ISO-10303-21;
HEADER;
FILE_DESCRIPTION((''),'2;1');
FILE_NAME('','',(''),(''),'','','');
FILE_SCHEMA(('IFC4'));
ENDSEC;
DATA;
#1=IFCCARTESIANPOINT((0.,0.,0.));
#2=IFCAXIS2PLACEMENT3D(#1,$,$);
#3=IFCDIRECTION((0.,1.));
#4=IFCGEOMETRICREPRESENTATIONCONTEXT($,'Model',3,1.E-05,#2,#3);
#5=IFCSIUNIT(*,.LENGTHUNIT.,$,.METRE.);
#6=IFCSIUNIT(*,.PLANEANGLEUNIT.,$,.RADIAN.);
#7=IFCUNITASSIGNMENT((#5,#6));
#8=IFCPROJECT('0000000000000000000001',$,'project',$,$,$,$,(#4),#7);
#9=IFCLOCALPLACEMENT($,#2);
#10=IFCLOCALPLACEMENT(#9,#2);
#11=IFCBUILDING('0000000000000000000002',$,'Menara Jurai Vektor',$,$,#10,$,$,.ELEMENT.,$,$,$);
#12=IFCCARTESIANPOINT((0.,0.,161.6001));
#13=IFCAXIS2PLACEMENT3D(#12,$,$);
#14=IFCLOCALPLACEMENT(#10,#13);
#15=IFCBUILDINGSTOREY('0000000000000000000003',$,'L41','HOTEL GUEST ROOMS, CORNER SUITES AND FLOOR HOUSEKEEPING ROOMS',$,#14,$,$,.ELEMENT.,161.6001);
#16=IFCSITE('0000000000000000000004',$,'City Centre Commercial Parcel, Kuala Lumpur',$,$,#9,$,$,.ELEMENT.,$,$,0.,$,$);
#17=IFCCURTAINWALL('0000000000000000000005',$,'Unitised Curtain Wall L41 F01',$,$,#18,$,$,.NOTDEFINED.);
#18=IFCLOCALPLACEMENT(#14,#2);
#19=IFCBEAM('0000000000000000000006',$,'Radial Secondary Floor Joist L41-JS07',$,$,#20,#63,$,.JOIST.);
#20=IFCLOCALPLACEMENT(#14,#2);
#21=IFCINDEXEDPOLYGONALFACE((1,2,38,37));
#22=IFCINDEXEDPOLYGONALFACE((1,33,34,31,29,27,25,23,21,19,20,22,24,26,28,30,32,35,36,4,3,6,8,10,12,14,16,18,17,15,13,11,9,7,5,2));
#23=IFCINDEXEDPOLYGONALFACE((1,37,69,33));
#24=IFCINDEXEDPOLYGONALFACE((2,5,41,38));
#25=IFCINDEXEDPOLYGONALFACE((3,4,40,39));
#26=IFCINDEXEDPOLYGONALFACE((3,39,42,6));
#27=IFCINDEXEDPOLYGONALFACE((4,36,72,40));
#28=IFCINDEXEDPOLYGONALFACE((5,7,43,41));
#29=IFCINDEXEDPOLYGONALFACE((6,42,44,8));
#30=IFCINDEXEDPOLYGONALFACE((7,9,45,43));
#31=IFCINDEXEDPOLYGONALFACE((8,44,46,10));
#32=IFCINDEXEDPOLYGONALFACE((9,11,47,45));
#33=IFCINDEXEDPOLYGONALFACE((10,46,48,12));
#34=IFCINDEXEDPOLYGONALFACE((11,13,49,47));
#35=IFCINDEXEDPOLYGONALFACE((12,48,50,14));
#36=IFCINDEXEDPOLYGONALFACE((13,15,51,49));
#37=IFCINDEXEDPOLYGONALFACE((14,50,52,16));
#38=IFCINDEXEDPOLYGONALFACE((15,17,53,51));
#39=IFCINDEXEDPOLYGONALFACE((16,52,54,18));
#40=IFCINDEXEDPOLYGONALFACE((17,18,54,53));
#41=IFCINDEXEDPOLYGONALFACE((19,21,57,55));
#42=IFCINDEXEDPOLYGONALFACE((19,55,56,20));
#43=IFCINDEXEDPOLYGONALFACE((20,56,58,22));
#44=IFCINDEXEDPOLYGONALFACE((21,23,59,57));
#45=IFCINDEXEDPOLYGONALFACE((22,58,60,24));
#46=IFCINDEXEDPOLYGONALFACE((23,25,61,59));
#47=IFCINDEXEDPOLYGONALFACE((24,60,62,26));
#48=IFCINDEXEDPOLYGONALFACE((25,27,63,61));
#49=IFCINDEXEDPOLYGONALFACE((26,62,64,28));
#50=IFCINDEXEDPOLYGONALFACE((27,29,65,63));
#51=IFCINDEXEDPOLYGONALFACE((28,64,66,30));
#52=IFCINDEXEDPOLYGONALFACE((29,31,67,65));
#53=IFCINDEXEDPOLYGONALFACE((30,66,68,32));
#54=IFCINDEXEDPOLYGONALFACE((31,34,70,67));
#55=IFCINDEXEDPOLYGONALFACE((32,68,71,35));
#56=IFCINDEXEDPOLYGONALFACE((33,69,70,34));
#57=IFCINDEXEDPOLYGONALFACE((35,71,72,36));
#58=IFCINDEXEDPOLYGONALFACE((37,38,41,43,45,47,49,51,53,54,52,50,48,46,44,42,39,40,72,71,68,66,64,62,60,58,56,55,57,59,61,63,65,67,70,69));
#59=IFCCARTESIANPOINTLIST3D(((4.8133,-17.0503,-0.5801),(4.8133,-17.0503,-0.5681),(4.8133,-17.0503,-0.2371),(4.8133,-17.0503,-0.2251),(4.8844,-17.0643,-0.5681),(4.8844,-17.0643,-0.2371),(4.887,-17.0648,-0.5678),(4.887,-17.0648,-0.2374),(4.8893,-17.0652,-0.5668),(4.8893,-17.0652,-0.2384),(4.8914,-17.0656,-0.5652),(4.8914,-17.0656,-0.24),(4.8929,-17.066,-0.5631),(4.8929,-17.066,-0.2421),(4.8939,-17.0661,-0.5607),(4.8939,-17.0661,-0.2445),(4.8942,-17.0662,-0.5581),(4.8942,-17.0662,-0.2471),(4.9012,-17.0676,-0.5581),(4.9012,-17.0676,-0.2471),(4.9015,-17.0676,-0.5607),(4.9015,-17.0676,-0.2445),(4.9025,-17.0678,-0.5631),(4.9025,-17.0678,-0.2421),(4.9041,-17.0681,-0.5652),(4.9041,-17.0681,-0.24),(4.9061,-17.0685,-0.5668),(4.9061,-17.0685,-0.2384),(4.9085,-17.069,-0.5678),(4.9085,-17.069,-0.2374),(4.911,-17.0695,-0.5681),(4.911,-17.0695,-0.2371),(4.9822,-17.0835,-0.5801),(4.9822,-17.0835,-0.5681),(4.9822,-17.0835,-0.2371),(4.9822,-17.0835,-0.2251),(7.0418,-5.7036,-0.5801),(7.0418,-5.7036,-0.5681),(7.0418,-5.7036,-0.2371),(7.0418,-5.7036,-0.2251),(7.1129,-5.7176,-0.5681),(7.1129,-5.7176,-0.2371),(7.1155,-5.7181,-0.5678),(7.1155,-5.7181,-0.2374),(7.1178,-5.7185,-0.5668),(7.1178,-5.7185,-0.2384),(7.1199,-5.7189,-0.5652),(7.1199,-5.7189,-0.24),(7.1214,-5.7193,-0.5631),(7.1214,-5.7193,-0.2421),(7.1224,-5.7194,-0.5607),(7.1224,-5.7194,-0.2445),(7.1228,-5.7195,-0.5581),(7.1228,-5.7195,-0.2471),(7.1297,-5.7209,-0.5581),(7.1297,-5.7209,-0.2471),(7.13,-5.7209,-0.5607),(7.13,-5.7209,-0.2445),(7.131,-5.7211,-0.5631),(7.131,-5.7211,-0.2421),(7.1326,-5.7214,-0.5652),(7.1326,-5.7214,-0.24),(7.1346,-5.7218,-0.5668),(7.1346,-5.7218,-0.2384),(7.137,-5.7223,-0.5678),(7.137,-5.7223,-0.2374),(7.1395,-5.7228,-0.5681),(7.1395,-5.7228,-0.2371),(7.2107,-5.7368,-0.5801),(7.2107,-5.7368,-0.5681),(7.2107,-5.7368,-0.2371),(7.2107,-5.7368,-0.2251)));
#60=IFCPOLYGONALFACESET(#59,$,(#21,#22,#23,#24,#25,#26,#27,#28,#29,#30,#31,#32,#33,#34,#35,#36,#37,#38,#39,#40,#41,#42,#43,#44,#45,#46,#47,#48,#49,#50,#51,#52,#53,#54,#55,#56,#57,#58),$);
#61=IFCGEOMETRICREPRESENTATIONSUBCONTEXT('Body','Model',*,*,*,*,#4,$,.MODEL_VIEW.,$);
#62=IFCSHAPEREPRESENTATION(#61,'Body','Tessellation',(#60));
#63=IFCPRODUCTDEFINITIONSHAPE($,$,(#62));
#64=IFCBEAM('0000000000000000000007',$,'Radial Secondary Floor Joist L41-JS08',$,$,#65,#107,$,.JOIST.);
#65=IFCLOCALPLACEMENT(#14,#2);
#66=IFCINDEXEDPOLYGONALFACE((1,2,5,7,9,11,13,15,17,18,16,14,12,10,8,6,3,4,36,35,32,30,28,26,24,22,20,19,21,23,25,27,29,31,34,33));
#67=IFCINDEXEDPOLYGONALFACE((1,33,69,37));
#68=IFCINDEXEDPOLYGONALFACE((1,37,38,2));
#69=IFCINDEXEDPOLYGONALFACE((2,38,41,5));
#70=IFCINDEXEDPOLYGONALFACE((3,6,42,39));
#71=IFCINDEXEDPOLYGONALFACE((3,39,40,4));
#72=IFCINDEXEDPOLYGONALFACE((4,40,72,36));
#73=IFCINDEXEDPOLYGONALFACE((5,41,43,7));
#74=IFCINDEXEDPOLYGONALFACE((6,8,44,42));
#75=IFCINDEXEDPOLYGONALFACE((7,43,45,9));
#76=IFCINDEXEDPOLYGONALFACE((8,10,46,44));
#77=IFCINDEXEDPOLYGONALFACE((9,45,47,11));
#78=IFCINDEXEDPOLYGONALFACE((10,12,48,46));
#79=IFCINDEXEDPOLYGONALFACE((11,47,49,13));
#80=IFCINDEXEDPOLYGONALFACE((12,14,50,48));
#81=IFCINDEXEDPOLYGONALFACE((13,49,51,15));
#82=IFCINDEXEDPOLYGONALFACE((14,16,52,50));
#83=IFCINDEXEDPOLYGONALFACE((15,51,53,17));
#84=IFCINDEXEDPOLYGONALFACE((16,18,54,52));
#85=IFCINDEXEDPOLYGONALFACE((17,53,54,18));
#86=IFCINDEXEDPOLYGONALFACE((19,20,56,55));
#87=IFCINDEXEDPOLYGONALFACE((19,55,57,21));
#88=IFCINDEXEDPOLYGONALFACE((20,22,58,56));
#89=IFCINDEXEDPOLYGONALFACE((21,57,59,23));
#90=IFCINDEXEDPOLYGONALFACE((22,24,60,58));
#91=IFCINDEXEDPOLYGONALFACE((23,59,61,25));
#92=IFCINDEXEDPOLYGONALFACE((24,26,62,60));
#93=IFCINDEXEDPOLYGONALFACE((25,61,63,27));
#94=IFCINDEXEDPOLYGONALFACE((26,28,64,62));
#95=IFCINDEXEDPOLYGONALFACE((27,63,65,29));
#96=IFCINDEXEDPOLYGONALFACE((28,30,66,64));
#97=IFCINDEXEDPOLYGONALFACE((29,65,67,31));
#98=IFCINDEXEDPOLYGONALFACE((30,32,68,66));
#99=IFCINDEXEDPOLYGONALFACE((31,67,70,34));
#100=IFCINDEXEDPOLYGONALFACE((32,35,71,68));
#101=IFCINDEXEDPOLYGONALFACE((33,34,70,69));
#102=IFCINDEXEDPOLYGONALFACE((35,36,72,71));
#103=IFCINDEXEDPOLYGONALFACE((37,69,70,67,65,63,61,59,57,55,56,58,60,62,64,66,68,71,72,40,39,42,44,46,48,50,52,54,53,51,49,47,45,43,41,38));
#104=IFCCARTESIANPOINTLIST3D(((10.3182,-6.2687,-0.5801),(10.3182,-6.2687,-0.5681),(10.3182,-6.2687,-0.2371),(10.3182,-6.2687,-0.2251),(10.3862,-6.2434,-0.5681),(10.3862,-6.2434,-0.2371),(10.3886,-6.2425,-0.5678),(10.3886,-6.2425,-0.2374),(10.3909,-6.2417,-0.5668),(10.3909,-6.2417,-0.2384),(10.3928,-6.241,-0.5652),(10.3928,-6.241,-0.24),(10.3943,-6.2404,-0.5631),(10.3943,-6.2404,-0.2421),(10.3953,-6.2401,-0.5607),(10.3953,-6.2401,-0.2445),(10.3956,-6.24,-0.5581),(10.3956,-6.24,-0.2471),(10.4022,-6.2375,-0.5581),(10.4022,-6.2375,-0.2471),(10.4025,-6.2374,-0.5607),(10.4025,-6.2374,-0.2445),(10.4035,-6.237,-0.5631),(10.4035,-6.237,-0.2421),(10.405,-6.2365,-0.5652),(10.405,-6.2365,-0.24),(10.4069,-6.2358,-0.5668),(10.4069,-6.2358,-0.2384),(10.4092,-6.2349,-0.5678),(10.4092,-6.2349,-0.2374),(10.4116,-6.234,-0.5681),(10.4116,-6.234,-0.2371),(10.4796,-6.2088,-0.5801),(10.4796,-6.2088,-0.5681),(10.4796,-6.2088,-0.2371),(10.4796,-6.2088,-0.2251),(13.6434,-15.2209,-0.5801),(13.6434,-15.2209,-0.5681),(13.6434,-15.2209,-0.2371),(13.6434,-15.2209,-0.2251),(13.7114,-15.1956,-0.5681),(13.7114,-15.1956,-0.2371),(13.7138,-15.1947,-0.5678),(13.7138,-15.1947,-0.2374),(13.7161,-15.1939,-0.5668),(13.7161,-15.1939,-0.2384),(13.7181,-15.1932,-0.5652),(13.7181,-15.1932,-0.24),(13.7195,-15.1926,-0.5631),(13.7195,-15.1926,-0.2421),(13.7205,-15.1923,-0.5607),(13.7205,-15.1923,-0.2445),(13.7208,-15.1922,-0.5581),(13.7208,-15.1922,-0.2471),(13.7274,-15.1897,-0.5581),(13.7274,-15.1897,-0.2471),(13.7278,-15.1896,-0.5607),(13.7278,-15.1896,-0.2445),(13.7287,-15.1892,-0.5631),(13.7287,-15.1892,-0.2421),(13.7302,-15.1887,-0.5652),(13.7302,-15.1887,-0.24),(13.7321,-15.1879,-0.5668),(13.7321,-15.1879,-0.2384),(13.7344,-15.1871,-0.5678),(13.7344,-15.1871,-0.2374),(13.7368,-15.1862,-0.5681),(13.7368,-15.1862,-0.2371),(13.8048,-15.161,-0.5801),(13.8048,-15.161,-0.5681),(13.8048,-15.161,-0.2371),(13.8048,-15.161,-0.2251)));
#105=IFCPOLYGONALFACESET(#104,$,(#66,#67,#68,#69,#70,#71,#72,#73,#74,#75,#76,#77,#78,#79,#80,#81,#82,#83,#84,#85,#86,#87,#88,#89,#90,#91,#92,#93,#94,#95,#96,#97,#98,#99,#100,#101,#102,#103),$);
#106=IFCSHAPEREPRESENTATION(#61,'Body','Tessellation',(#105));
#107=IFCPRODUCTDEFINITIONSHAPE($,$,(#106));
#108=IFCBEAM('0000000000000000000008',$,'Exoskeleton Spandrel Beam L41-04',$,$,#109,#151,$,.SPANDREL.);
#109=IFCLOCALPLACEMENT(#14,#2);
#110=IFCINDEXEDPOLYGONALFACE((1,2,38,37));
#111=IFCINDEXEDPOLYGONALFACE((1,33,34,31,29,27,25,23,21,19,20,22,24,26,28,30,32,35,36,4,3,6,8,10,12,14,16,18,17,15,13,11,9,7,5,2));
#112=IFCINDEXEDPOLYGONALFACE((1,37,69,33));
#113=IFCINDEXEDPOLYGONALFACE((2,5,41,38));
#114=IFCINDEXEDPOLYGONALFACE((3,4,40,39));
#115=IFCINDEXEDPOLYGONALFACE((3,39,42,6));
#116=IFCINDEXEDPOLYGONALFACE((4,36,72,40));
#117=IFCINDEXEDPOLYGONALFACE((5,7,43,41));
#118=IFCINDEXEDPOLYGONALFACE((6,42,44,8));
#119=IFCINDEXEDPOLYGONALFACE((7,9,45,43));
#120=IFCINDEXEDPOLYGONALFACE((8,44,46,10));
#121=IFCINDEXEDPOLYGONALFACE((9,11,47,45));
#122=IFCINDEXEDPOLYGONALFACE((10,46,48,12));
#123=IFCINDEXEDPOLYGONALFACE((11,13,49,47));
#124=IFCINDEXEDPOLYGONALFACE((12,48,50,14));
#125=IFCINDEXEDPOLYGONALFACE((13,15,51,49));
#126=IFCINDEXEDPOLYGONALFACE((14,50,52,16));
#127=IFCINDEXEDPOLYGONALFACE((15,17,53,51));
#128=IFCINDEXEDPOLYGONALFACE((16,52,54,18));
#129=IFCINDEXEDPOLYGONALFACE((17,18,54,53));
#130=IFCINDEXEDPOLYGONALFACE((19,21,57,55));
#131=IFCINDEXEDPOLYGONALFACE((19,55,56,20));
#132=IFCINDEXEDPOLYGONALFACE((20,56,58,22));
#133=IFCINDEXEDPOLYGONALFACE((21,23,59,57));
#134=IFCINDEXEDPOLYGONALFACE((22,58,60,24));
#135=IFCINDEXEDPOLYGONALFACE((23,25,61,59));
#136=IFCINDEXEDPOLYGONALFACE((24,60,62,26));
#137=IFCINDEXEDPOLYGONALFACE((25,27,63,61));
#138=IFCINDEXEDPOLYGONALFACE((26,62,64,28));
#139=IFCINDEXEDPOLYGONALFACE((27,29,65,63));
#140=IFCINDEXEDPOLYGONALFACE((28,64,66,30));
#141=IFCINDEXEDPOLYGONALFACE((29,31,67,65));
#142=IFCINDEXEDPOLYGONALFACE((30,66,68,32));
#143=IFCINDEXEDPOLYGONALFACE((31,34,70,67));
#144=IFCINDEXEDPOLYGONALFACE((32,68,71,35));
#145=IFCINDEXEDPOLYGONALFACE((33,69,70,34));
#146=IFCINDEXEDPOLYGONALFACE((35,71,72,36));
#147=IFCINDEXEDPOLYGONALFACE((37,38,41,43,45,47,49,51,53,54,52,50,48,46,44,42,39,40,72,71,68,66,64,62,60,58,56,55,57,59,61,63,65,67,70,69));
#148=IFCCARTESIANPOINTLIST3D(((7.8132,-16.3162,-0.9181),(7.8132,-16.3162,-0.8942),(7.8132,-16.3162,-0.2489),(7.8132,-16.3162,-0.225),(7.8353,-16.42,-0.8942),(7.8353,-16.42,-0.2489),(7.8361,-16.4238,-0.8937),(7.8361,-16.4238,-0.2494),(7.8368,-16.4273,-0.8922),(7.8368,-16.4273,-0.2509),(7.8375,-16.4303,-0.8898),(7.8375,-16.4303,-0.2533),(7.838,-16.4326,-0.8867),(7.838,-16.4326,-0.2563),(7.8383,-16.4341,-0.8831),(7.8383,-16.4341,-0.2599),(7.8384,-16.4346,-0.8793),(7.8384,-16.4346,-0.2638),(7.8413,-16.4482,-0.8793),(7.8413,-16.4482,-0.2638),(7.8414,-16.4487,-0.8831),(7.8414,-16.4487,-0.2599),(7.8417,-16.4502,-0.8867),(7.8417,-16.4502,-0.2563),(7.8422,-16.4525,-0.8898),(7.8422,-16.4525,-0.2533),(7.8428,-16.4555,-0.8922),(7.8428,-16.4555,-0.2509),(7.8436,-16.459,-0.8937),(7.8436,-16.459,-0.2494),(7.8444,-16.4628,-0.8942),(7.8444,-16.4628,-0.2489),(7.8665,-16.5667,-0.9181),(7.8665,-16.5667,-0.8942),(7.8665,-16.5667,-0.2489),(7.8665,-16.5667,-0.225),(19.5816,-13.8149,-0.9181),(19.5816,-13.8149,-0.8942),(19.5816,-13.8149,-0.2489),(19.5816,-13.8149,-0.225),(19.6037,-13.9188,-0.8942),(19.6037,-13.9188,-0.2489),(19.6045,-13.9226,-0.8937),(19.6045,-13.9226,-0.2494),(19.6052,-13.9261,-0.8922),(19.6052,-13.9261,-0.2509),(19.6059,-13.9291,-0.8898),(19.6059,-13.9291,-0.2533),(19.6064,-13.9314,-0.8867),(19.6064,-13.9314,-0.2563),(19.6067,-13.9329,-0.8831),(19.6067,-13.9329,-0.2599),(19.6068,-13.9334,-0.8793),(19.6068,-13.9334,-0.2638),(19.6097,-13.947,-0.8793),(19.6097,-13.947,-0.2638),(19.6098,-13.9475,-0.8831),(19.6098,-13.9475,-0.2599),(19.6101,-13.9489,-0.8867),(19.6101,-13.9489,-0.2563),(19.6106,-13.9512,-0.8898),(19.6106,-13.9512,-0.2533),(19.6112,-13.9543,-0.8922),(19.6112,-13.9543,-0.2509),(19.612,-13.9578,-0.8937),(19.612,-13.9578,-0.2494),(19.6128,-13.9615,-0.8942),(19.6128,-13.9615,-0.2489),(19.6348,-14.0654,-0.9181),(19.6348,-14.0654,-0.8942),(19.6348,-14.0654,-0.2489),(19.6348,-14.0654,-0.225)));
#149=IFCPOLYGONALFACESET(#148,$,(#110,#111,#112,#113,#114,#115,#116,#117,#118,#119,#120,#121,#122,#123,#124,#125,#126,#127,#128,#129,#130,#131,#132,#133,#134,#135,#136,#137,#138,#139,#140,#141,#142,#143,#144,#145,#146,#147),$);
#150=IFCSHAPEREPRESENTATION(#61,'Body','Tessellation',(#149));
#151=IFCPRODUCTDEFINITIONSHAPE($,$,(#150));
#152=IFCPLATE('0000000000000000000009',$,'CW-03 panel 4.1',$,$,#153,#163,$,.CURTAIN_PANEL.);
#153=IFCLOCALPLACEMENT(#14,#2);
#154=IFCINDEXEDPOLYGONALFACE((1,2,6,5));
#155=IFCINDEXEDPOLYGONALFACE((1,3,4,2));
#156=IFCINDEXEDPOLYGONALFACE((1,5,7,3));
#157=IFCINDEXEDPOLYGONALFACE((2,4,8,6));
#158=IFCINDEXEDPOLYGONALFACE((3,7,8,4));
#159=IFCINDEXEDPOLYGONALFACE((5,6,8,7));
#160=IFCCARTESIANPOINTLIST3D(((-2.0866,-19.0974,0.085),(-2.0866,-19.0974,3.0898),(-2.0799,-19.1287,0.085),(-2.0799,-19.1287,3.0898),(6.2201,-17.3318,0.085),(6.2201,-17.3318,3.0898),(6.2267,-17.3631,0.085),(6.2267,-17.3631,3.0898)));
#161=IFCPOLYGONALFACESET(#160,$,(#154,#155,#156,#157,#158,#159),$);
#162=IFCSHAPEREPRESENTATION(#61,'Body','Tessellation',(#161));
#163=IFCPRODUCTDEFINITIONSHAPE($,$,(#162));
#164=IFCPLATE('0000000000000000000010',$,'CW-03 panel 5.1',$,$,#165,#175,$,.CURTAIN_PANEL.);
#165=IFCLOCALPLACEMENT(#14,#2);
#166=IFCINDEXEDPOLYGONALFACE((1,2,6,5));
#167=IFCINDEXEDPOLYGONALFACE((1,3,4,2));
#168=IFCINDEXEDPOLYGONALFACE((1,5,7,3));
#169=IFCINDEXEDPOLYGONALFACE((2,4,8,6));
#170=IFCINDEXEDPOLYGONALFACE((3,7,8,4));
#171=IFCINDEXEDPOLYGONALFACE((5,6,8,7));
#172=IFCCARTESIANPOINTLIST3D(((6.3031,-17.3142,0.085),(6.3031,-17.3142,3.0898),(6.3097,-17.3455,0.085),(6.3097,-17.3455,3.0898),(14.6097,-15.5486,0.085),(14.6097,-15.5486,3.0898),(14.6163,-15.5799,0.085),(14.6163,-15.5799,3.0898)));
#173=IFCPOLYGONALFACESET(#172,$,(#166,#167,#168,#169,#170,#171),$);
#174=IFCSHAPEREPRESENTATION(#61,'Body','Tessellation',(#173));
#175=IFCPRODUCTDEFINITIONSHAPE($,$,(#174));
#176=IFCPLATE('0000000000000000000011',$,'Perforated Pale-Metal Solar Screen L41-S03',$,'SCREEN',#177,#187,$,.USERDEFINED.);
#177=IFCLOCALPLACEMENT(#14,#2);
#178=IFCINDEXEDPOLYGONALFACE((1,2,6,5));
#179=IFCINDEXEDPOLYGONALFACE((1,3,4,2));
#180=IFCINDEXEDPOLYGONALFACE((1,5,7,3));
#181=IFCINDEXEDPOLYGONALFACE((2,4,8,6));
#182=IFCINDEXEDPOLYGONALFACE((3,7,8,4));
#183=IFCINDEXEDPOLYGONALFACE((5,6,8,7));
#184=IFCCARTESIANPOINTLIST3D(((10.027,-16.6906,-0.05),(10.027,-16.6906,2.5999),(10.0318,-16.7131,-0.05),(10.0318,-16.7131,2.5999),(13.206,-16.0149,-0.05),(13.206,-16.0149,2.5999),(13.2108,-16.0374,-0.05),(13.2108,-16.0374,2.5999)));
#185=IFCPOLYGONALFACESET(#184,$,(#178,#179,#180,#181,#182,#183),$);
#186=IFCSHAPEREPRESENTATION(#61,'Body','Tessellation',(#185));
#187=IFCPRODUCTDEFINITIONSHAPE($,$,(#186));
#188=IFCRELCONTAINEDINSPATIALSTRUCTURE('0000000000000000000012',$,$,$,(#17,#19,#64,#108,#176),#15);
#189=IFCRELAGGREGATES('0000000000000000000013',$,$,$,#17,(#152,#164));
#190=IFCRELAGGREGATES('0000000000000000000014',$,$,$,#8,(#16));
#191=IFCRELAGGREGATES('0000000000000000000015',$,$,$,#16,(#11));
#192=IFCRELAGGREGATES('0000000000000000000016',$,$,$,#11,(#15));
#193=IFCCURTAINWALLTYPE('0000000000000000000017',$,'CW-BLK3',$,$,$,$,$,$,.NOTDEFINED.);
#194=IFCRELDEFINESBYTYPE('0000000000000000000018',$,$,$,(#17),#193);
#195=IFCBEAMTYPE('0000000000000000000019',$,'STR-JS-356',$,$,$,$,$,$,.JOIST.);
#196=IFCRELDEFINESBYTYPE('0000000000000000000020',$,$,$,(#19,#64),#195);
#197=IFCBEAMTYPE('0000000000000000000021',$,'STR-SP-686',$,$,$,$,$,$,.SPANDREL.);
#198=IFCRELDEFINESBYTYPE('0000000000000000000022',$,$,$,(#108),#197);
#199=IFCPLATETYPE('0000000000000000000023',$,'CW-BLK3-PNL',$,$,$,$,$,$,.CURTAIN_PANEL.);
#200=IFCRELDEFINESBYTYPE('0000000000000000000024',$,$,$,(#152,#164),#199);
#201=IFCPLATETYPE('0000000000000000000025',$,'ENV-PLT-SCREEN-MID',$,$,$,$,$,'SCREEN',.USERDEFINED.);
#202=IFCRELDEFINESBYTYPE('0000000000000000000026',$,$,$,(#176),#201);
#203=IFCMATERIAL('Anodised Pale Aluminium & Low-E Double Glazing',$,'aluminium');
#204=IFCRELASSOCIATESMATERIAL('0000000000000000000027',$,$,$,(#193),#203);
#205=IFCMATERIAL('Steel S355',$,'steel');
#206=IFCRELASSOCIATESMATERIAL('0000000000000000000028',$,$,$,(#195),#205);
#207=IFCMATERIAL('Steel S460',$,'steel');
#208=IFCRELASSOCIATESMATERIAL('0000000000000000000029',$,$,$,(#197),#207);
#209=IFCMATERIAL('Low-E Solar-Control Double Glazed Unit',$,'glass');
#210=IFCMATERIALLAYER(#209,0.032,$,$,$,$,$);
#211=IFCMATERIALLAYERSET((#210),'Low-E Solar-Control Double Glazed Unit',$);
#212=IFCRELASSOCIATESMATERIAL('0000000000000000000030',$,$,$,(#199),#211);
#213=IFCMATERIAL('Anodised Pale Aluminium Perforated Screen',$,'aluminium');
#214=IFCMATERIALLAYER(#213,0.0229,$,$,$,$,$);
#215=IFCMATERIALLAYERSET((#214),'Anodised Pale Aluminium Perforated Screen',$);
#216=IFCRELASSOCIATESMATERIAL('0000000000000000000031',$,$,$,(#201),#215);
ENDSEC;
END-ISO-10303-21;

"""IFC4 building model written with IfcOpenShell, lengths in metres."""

from ifc_helpers import new_model, si_unit, direction, frame, origin, origin_2d, place, context, subcontext, project, spatial, rectangle, i_section, extrude, material, layer, layer_set, material_profile, profile_set, type_object, element, aggregate, save


model = new_model("IFC4")

# Units and contexts
model_context = context("Model", 3, precision=1e-05, world=origin(), true_north=direction((0.0, 1.0)))
body_context = subcontext(model_context, "Body", "Model", "MODEL_VIEW")
ifc_project = project(units=[si_unit("LENGTHUNIT", "METRE"), si_unit("PLANEANGLEUNIT", "RADIAN")], contexts=[model_context])

# Site, building, storey
site_placement = place(None, origin())
site = spatial("IfcSite", under=ifc_project, at=site_placement, Name="City Centre Commercial Parcel, Kuala Lumpur", CompositionType="ELEMENT", RefElevation=0.0)
building_placement = place(site_placement, origin())
building = spatial("IfcBuilding", under=site, at=building_placement, Name="Menara Jurai Vektor", CompositionType="ELEMENT")
storey_placement = place(building_placement, frame((0.0, 0.0, 161.6001)))
storey = spatial("IfcBuildingStorey", under=building, at=storey_placement, Name="L41", Description="HOTEL GUEST ROOMS, CORNER SUITES AND FLOOR HOUSEKEEPING ROOMS", CompositionType="ELEMENT", Elevation=161.6001)

# Shared definitions
ifc_material_1 = material(Name="Steel S460", Category="steel")

# Curtain wall
ifc_material_2 = material(Name="Anodised Pale Aluminium & Low-E Double Glazing", Category="aluminium")
curtain_wall_type = type_object("IfcCurtainWallType", Name="CW-BLK3", PredefinedType="NOTDEFINED", material=ifc_material_2)
curtain_wall_placement = place(storey_placement, origin())
curtain_wall = element("IfcCurtainWall", 1, at=curtain_wall_placement, inside=storey, type_object=curtain_wall_type, Name="Unitised Curtain Wall L41 F01", PredefinedType="NOTDEFINED")

# Beams
ifc_material_3 = material(Name="Steel S355", Category="steel")
ifc_material_profile_1 = material_profile(ifc_material_3, i_section(OverallWidth=0.1721, OverallDepth=0.355, WebThickness=0.0071, FlangeThickness=0.012, FilletRadius=0.01, at=origin_2d()), Name="UKB 356x171x51")
ifc_profile_set_1 = profile_set([ifc_material_profile_1], Name="Steel S355")
beam_type_1 = type_object("IfcBeamType", Name="STR-JS-356", PredefinedType="JOIST", material=ifc_profile_set_1)
beam_1_placement = place(storey_placement, frame((4.8977, -17.0669, -0.4026), z_axis=(0.192721, 0.981254, 0.0), x_axis=(-0.981254, 0.192721, 0.0)))
element("IfcBeam", 2, at=beam_1_placement, inside=storey, type_object=beam_type_1, Name="Radial Secondary Floor Joist L41-JS07", PredefinedType="JOIST", context=body_context, shape_type="SweptSolid", body=[
    extrude(i_section(OverallWidth=0.1721, OverallDepth=0.355, WebThickness=0.0071, FlangeThickness=0.012, FilletRadius=0.01, at=origin_2d()), origin(), (0.0, 0.0, 1.0), 11.5635),
])
beam_2_placement = place(storey_placement, frame((13.7241, -15.1909, -0.4026), z_axis=(-0.348197, 0.937421, 0.0), x_axis=(-0.937421, -0.348197, 0.0)))
element("IfcBeam", 3, at=beam_2_placement, inside=storey, type_object=beam_type_1, Name="Radial Secondary Floor Joist L41-JS08", PredefinedType="JOIST", context=body_context, shape_type="SweptSolid", body=[
    extrude(i_section(OverallWidth=0.1721, OverallDepth=0.355, WebThickness=0.0071, FlangeThickness=0.012, FilletRadius=0.01, at=origin_2d()), origin(), (0.0, 0.0, 1.0), 9.5498),
])
ifc_material_profile_2 = material_profile(ifc_material_1, i_section(OverallWidth=0.2561, OverallDepth=0.6931, WebThickness=0.0139, FlangeThickness=0.0239, FilletRadius=0.0149, at=origin_2d()), Name="UKB 686x254x170")
ifc_profile_set_2 = profile_set([ifc_material_profile_2], Name="Steel S460")
beam_type_2 = type_object("IfcBeamType", Name="STR-SP-686", PredefinedType="SPANDREL", material=ifc_profile_set_2)
beam_3_placement = place(storey_placement, frame((7.8398, -16.4414, -0.5715), z_axis=(0.978151, 0.207895, 0.0), x_axis=(-0.207895, 0.978151, 0.0)))
element("IfcBeam", 4, at=beam_3_placement, inside=storey, type_object=beam_type_2, Name="Exoskeleton Spandrel Beam L41-04", PredefinedType="SPANDREL", context=body_context, shape_type="SweptSolid", body=[
    extrude(i_section(OverallWidth=0.2561, OverallDepth=0.6931, WebThickness=0.0139, FlangeThickness=0.0239, FilletRadius=0.0149, at=origin_2d()), origin(), (0.0, 0.0, 1.0), 12.0312),
])

# Plates
ifc_material_4 = material(Name="Low-E Solar-Control Double Glazed Unit", Category="glass")
ifc_layer_1 = layer(ifc_material_4, 0.032)
ifc_layer_set_1 = layer_set([ifc_layer_1], Name="Low-E Solar-Control Double Glazed Unit")
plate_type_1 = type_object("IfcPlateType", Name="CW-BLK3-PNL", PredefinedType="CURTAIN_PANEL", material=ifc_layer_set_1)
plate_1_placement = place(storey_placement, frame((2.0701, -18.2302, 0.085), z_axis=(0.0, 0.0, 1.0), x_axis=(0.978148, 0.207911, 0.0)))
plate_1 = element("IfcPlate", 5, at=plate_1_placement, type_object=plate_type_1, Name="CW-03 panel 4.1", PredefinedType="CURTAIN_PANEL", context=body_context, shape_type="SweptSolid", body=[
    extrude(rectangle(XDim=8.4922, YDim=0.032, at=origin_2d()), origin(), (0.0, 0.0, 1.0), 3.0049),
])
plate_2_placement = place(storey_placement, frame((10.4597, -16.447, 0.085), z_axis=(0.0, 0.0, 1.0), x_axis=(0.978148, 0.207911, 0.0)))
plate_2 = element("IfcPlate", 6, at=plate_2_placement, type_object=plate_type_1, Name="CW-03 panel 5.1", PredefinedType="CURTAIN_PANEL", context=body_context, shape_type="SweptSolid", body=[
    extrude(rectangle(XDim=8.4922, YDim=0.032, at=origin_2d()), origin(), (0.0, 0.0, 1.0), 3.0049),
])
aggregate(curtain_wall, [plate_1, plate_2])
ifc_material_5 = material(Name="Anodised Pale Aluminium Perforated Screen", Category="aluminium")
ifc_layer_2 = layer(ifc_material_5, 0.0229)
ifc_layer_set_2 = layer_set([ifc_layer_2], Name="Anodised Pale Aluminium Perforated Screen")
plate_type_2 = type_object("IfcPlateType", Name="ENV-PLT-SCREEN-MID", ElementType="SCREEN", PredefinedType="USERDEFINED", material=ifc_layer_set_2)
plate_3_placement = place(storey_placement, frame((11.6189, -16.364, -0.05), z_axis=(0.0, 0.0, 1.0), x_axis=(0.978148, 0.207912, 0.0)))
element("IfcPlate", 7, at=plate_3_placement, inside=storey, type_object=plate_type_2, Name="Perforated Pale-Metal Solar Screen L41-S03", ObjectType="SCREEN", PredefinedType="USERDEFINED", context=body_context, shape_type="SweptSolid", body=[
    extrude(rectangle(XDim=3.25, YDim=0.0229, at=origin_2d()), origin(), (0.0, 0.0, 1.0), 2.6499),
])

save(model, "model.ifc")
